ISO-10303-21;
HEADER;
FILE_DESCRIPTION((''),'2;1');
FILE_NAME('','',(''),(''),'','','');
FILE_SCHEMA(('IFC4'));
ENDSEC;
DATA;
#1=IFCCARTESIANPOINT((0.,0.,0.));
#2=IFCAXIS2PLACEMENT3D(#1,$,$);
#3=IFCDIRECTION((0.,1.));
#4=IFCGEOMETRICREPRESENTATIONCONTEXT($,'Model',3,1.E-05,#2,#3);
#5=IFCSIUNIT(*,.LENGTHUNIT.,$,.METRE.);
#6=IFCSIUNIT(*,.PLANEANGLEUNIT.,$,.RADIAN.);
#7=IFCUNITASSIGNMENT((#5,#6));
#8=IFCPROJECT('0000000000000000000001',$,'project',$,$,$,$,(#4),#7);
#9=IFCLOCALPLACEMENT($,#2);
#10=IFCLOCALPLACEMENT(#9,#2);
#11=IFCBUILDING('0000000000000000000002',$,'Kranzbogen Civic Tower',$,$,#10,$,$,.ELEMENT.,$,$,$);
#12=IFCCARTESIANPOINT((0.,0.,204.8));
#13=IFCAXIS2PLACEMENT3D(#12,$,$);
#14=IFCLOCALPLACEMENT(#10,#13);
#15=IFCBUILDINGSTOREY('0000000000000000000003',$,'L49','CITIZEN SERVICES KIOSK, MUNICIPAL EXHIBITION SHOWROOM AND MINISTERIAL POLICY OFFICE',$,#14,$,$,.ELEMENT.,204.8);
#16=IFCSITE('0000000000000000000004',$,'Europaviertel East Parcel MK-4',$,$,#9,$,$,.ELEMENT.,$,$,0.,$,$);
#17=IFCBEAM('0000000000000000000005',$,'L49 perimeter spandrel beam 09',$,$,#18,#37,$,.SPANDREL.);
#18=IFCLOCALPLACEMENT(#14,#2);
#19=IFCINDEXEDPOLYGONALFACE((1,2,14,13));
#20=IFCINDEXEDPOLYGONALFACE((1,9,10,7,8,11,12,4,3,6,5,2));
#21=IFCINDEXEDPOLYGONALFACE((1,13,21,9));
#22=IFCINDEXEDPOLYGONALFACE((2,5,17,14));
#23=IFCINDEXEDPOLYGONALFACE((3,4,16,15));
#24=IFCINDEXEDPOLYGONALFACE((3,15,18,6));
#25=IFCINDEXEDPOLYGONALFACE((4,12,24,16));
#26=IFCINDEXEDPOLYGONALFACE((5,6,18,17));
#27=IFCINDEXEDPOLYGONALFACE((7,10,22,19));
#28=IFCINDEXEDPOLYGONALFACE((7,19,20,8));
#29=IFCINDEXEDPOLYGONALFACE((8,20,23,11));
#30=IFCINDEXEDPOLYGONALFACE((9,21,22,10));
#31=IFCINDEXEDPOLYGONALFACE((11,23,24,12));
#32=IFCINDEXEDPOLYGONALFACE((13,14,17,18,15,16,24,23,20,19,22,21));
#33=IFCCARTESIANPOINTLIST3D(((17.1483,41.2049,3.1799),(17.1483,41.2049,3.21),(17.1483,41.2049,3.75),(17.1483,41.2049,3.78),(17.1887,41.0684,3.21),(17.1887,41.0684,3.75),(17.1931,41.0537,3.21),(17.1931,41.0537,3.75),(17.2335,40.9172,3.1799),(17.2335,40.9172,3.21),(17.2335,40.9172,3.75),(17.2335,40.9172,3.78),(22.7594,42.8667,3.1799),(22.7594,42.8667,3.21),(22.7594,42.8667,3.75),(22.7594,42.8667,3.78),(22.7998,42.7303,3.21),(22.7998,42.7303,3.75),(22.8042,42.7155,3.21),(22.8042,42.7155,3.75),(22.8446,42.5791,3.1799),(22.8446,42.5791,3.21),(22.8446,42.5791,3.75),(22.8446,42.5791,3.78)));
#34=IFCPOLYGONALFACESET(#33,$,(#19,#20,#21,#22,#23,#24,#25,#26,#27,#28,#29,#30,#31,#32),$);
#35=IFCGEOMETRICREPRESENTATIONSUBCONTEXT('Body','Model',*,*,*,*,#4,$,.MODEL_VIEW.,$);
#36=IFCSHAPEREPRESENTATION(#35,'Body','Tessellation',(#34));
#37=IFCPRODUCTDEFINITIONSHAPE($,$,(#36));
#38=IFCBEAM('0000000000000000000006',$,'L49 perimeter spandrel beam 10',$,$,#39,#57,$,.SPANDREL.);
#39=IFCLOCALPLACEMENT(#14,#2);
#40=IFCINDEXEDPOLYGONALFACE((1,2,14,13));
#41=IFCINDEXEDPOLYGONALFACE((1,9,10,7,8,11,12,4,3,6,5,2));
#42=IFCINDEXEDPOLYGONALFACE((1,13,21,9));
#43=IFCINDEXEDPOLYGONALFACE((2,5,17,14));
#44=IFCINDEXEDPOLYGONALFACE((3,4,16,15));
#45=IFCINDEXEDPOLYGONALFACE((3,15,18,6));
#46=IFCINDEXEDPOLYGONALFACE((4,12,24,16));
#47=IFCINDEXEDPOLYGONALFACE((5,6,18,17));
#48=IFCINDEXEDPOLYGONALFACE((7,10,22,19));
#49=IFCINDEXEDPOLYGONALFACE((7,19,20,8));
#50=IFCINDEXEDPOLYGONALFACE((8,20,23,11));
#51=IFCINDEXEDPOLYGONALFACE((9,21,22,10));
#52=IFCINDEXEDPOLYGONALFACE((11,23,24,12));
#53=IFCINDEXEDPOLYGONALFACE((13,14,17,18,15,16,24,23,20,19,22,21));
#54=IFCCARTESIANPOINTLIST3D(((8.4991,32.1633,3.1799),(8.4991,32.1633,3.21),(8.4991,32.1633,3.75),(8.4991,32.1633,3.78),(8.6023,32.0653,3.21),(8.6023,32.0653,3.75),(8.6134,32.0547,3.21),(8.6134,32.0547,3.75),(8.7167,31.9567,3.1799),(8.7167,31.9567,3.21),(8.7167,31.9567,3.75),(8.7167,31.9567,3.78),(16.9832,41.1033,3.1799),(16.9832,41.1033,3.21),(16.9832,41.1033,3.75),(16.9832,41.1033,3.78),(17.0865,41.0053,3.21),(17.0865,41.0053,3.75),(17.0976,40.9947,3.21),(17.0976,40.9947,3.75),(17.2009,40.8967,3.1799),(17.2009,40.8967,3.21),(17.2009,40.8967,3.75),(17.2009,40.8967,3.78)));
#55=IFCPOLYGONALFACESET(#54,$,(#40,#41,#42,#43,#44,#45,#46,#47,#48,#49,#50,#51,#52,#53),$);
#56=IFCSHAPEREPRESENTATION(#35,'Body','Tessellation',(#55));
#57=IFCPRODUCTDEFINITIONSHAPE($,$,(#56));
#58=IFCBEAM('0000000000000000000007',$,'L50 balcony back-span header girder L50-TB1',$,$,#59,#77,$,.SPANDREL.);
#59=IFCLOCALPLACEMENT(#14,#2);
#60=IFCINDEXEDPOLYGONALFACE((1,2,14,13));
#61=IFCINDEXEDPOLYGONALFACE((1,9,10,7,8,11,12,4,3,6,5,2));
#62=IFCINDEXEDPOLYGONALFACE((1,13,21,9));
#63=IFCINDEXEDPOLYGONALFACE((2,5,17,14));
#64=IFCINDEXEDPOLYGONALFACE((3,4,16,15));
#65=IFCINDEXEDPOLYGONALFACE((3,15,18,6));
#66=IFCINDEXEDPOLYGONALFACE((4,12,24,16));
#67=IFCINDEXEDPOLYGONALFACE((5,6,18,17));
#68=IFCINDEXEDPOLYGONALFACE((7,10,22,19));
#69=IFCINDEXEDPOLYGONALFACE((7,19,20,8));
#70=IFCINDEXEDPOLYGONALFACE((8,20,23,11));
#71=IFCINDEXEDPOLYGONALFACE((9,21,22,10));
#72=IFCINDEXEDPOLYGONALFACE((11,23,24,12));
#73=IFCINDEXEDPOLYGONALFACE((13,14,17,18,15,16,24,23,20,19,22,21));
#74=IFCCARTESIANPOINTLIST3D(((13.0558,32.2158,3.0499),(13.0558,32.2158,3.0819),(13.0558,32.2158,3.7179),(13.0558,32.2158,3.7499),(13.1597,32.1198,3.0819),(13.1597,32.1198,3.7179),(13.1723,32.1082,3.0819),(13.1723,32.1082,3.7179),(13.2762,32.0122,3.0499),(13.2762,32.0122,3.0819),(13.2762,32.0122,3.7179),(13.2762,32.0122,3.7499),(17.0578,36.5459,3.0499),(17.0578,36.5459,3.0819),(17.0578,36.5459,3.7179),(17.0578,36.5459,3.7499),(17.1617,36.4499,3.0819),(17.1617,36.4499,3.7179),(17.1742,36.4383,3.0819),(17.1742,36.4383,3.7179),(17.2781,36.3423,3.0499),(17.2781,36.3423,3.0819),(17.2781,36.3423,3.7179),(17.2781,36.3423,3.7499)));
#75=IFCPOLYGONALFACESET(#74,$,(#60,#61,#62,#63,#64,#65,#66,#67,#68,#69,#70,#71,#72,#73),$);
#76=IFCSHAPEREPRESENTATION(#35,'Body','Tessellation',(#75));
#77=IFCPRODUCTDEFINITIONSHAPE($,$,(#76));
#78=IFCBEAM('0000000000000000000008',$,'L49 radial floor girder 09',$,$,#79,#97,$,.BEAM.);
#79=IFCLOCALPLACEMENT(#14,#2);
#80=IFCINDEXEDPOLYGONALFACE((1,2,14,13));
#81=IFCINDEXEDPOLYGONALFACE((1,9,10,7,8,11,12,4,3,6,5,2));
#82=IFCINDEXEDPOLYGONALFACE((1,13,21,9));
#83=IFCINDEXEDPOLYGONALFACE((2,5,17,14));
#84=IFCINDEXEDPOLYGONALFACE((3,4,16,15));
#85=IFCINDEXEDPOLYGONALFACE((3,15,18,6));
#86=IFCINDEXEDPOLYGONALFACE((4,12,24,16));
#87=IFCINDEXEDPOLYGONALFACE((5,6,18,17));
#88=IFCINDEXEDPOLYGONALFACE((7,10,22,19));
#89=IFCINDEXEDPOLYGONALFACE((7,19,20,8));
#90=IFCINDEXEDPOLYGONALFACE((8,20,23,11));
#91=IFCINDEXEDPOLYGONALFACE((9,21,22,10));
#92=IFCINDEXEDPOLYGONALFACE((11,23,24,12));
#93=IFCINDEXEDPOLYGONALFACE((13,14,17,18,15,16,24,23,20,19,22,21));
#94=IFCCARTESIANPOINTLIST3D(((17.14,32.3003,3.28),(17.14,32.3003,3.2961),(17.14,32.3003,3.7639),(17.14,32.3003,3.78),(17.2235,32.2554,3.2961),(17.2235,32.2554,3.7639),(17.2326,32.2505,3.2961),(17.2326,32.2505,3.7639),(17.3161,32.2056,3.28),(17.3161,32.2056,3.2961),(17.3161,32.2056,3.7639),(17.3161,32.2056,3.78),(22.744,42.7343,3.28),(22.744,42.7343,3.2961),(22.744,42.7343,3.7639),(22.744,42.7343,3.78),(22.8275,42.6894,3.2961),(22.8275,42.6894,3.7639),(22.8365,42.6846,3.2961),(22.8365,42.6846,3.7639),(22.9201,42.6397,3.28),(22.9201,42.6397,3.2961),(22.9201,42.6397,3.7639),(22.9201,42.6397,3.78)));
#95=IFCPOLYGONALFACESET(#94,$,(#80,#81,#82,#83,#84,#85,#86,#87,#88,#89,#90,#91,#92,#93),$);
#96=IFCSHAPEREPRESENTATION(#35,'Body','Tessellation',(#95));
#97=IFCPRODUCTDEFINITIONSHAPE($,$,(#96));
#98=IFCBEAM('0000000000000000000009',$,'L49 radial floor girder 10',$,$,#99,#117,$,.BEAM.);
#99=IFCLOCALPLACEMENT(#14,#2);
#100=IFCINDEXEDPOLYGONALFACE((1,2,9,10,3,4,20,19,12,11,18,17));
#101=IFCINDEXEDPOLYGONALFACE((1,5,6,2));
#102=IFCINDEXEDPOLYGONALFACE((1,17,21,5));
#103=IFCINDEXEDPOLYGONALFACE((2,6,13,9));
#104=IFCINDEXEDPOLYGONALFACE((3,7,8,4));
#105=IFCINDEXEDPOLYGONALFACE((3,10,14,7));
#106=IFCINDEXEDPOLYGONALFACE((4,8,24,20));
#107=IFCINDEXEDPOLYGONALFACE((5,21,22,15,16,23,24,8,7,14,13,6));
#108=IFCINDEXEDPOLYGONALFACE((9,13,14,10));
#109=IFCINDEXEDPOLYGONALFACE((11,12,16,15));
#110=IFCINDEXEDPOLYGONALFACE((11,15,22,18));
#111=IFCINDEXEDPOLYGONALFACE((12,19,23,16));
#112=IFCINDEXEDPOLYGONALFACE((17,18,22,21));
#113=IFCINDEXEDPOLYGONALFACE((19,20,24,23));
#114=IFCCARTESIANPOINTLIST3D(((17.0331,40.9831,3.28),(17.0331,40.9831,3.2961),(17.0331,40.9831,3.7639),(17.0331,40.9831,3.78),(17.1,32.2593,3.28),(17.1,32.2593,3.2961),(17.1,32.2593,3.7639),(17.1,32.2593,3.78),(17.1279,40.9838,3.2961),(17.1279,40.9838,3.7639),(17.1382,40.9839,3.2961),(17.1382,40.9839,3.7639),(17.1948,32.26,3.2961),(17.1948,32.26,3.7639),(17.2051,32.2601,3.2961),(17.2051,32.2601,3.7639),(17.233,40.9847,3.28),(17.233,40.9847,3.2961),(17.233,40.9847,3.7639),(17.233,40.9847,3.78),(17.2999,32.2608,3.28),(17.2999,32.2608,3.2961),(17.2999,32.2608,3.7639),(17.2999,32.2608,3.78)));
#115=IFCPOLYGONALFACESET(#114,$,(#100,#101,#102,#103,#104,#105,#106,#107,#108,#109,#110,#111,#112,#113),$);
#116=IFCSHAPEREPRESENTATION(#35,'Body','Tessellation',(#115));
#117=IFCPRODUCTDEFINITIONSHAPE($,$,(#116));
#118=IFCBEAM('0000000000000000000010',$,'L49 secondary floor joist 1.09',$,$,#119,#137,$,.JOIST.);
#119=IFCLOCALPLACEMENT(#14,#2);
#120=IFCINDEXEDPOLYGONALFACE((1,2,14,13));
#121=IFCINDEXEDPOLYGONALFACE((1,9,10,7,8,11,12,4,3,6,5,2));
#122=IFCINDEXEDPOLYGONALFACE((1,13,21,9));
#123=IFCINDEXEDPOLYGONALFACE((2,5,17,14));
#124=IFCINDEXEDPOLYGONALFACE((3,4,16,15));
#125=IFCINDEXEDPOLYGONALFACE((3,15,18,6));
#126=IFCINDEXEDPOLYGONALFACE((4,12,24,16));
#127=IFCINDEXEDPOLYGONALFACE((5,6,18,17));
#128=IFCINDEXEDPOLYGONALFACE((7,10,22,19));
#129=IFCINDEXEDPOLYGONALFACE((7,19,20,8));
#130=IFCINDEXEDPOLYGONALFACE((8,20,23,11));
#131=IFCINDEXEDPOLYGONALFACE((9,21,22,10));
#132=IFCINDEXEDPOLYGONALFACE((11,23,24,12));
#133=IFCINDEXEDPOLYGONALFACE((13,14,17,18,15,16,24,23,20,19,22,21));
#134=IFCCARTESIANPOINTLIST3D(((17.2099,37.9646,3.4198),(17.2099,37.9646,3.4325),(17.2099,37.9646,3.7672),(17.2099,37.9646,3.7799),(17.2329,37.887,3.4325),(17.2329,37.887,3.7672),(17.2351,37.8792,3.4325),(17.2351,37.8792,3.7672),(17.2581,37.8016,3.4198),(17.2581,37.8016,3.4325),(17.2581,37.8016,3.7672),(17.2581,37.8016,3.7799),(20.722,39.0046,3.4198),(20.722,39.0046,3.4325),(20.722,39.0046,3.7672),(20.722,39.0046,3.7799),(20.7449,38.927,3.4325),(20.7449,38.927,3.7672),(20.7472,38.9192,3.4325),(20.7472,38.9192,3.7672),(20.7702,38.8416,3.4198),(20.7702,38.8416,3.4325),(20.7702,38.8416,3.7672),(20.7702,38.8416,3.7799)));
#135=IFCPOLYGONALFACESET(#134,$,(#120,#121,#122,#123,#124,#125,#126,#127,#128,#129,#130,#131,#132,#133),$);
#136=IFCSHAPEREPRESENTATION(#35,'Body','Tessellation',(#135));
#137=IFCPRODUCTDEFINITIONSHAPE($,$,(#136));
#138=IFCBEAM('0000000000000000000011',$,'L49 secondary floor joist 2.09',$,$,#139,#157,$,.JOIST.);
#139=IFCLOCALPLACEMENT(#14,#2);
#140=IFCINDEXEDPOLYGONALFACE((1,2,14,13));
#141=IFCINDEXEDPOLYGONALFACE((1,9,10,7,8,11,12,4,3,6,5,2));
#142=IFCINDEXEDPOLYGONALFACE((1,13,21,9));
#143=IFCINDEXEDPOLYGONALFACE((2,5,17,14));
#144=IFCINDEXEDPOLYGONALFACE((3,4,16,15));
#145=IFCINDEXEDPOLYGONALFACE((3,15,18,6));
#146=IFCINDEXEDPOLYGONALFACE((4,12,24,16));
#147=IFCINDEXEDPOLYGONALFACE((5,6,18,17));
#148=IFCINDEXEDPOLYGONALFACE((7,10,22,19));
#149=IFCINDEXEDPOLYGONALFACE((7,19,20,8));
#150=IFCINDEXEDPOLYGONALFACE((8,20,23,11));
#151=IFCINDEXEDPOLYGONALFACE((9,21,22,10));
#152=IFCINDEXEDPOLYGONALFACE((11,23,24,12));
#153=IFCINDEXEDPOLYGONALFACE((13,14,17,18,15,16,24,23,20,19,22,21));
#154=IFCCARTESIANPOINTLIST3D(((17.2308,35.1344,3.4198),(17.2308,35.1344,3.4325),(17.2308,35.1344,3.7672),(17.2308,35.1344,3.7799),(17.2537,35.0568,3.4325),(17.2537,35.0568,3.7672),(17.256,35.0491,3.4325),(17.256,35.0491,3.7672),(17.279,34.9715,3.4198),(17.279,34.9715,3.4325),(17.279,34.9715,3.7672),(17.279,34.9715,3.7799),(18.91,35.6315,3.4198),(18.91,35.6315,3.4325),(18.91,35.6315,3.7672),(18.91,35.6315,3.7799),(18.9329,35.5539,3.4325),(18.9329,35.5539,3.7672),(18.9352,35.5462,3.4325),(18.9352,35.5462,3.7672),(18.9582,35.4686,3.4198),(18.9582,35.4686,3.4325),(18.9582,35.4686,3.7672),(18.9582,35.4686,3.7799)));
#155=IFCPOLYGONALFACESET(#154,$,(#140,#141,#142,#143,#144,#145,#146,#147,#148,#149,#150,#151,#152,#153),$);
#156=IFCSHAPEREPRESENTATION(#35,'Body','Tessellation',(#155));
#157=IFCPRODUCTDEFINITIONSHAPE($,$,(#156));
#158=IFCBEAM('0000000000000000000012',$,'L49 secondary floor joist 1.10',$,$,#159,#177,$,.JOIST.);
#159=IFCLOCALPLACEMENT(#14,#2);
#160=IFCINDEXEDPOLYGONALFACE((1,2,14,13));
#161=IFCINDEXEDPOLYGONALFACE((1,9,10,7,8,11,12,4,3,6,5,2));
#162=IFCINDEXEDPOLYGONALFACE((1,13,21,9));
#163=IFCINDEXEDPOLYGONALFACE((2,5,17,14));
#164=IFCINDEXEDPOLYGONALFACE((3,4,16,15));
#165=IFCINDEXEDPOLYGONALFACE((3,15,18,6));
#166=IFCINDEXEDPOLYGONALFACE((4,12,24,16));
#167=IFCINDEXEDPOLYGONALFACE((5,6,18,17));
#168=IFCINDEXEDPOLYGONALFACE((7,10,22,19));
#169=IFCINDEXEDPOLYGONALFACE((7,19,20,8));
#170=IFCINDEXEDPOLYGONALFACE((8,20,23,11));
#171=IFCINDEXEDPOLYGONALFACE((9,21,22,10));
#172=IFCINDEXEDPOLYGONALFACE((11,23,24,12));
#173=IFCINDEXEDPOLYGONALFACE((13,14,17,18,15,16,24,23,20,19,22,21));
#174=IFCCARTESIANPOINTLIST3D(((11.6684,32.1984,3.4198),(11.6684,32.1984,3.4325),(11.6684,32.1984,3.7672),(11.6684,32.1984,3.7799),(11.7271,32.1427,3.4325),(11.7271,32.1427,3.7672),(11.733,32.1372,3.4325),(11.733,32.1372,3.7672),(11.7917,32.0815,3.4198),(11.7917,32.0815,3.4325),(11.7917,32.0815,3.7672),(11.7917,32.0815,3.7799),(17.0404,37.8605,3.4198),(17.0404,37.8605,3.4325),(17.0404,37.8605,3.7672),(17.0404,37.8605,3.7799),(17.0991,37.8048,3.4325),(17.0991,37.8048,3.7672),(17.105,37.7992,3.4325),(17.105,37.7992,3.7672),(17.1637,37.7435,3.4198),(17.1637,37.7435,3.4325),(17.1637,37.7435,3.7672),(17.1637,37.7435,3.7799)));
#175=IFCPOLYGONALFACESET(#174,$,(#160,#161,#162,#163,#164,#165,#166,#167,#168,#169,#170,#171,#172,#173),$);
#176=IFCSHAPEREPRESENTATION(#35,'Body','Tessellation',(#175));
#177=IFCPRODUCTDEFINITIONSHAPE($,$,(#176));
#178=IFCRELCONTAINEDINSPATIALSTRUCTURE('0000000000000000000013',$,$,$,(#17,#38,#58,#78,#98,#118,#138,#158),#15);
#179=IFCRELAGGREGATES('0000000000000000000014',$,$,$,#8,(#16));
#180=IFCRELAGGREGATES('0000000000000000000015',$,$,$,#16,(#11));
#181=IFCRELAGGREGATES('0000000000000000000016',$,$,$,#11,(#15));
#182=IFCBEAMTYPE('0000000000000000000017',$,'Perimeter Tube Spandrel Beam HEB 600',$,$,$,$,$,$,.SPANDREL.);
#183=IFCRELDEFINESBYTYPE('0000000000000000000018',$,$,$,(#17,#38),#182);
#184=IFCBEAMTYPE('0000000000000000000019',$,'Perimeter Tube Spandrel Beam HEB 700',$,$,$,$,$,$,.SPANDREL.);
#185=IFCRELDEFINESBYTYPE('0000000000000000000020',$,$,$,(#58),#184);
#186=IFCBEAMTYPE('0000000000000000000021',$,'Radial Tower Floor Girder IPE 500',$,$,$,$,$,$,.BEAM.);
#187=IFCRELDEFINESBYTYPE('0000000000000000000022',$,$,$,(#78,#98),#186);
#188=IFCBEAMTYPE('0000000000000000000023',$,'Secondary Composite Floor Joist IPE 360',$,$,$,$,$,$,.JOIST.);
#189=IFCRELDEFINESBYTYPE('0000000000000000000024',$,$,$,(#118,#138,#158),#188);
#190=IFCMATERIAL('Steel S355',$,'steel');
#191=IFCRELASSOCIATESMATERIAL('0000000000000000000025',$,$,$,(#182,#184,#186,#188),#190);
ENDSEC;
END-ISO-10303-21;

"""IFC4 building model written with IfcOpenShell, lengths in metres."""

from ifc_helpers import new_model, si_unit, direction, frame, origin, origin_2d, place, context, subcontext, project, spatial, i_section, extrude, material, material_profile, profile_set, type_object, element, save


model = new_model("IFC4")

# Units and contexts
model_context = context("Model", 3, precision=1e-05, world=origin(), true_north=direction((0.0, 1.0)))
body_context = subcontext(model_context, "Body", "Model", "MODEL_VIEW")
ifc_project = project(units=[si_unit("LENGTHUNIT", "METRE"), si_unit("PLANEANGLEUNIT", "RADIAN")], contexts=[model_context])

# Site, building, storey
site_placement = place(None, origin())
site = spatial("IfcSite", under=ifc_project, at=site_placement, Name="Europaviertel East Parcel MK-4", CompositionType="ELEMENT", RefElevation=0.0)
building_placement = place(site_placement, origin())
building = spatial("IfcBuilding", under=site, at=building_placement, Name="Kranzbogen Civic Tower", CompositionType="ELEMENT")
storey_placement = place(building_placement, frame((0.0, 0.0, 204.8)))
storey = spatial("IfcBuildingStorey", under=building, at=storey_placement, Name="L49", Description="CITIZEN SERVICES KIOSK, MUNICIPAL EXHIBITION SHOWROOM AND MINISTERIAL POLICY OFFICE", CompositionType="ELEMENT", Elevation=204.8)

# Shared definitions
ifc_material_1 = material(Name="Steel S355", Category="steel")

# Beams
ifc_material_profile_1 = material_profile(ifc_material_1, i_section(OverallWidth=0.3, OverallDepth=0.6001, WebThickness=0.0154, FlangeThickness=0.03, at=origin_2d()), Name="HEB 600")
ifc_profile_set_1 = profile_set([ifc_material_profile_1], Name="Steel S355")
beam_type_1 = type_object("IfcBeamType", Name="Perimeter Tube Spandrel Beam HEB 600", PredefinedType="SPANDREL", material=ifc_profile_set_1)
beam_1_placement = place(storey_placement, frame((22.802, 42.7229, 3.48), z_axis=(-0.95883, -0.283982, 0.0), x_axis=(0.283982, -0.95883, 0.0)))
element("IfcBeam", 1, at=beam_1_placement, inside=storey, type_object=beam_type_1, Name="L49 perimeter spandrel beam 09", PredefinedType="SPANDREL", context=body_context, shape_type="SweptSolid", body=[
    extrude(i_section(OverallWidth=0.3, OverallDepth=0.6001, WebThickness=0.0154, FlangeThickness=0.03, at=origin_2d()), origin(), (0.0, 0.0, 1.0), 5.8521),
])
beam_2_placement = place(storey_placement, frame((17.092, 41.0, 3.48), z_axis=(-0.688373, -0.725356, 0.0), x_axis=(0.725356, -0.688373, 0.0)))
element("IfcBeam", 2, at=beam_2_placement, inside=storey, type_object=beam_type_1, Name="L49 perimeter spandrel beam 10", PredefinedType="SPANDREL", context=body_context, shape_type="SweptSolid", body=[
    extrude(i_section(OverallWidth=0.3, OverallDepth=0.6001, WebThickness=0.0154, FlangeThickness=0.03, at=origin_2d()), origin(), (0.0, 0.0, 1.0), 12.325),
])
ifc_material_profile_2 = material_profile(ifc_material_1, i_section(OverallWidth=0.3, OverallDepth=0.7, WebThickness=0.0171, FlangeThickness=0.032, at=origin_2d()), Name="HEB 700")
ifc_profile_set_2 = profile_set([ifc_material_profile_2], Name="Steel S355")
beam_type_2 = type_object("IfcBeamType", Name="Perimeter Tube Spandrel Beam HEB 700", PredefinedType="SPANDREL", material=ifc_profile_set_2)
beam_3_placement = place(storey_placement, frame((17.168, 36.4441, 3.3999), z_axis=(-0.678734, -0.734384, 0.0), x_axis=(0.734384, -0.678734, 0.0)))
element("IfcBeam", 3, at=beam_3_placement, inside=storey, type_object=beam_type_2, Name="L50 balcony back-span header girder L50-TB1", PredefinedType="SPANDREL", context=body_context, shape_type="SweptSolid", body=[
    extrude(i_section(OverallWidth=0.3, OverallDepth=0.7, WebThickness=0.0171, FlangeThickness=0.032, at=origin_2d()), origin(), (0.0, 0.0, 1.0), 5.8962),
])
ifc_material_profile_3 = material_profile(ifc_material_1, i_section(OverallWidth=0.2, OverallDepth=0.5, WebThickness=0.0103, FlangeThickness=0.0161, at=origin_2d()), Name="IPE 500")
ifc_profile_set_3 = profile_set([ifc_material_profile_3], Name="Steel S355")
beam_type_3 = type_object("IfcBeamType", Name="Radial Tower Floor Girder IPE 500", PredefinedType="BEAM", material=ifc_profile_set_3)
beam_4_placement = place(storey_placement, frame((22.832, 42.687, 3.53), z_axis=(-0.47316, -0.880976, 0.0), x_axis=(0.880976, -0.47316, 0.0)))
element("IfcBeam", 4, at=beam_4_placement, inside=storey, type_object=beam_type_3, Name="L49 radial floor girder 09", PredefinedType="BEAM", context=body_context, shape_type="SweptSolid", body=[
    extrude(i_section(OverallWidth=0.2, OverallDepth=0.5, WebThickness=0.0103, FlangeThickness=0.0161, at=origin_2d()), origin(), (0.0, 0.0, 1.0), 11.8438),
])
beam_5_placement = place(storey_placement, frame((17.1331, 40.9839, 3.53), z_axis=(0.007668, -0.999971, 0.0), x_axis=(0.999971, 0.007668, 0.0)))
element("IfcBeam", 5, at=beam_5_placement, inside=storey, type_object=beam_type_3, Name="L49 radial floor girder 10", PredefinedType="BEAM", context=body_context, shape_type="SweptSolid", body=[
    extrude(i_section(OverallWidth=0.2, OverallDepth=0.5, WebThickness=0.0103, FlangeThickness=0.0161, at=origin_2d()), origin(), (0.0, 0.0, 1.0), 8.7241),
])
ifc_material_profile_4 = material_profile(ifc_material_1, i_section(OverallWidth=0.1699, OverallDepth=0.3601, WebThickness=0.0081, FlangeThickness=0.0127, at=origin_2d()), Name="IPE 360")
ifc_profile_set_4 = profile_set([ifc_material_profile_4], Name="Steel S355")
beam_type_4 = type_object("IfcBeamType", Name="Secondary Composite Floor Joist IPE 360", PredefinedType="JOIST", material=ifc_profile_set_4)
beam_6_placement = place(storey_placement, frame((20.7461, 38.9231, 3.5999), z_axis=(-0.958844, -0.283934, 0.0), x_axis=(0.283934, -0.958844, 0.0)))
element("IfcBeam", 6, at=beam_6_placement, inside=storey, type_object=beam_type_4, Name="L49 secondary floor joist 1.09", PredefinedType="JOIST", context=body_context, shape_type="SweptSolid", body=[
    extrude(i_section(OverallWidth=0.1699, OverallDepth=0.3601, WebThickness=0.0081, FlangeThickness=0.0127, at=origin_2d()), origin(), (0.0, 0.0, 1.0), 3.6628),
])
beam_7_placement = place(storey_placement, frame((18.9341, 35.55, 3.5999), z_axis=(-0.958871, -0.283841, 0.0), x_axis=(0.283841, -0.958871, 0.0)))
element("IfcBeam", 7, at=beam_7_placement, inside=storey, type_object=beam_type_4, Name="L49 secondary floor joist 2.09", PredefinedType="JOIST", context=body_context, shape_type="SweptSolid", body=[
    extrude(i_section(OverallWidth=0.1699, OverallDepth=0.3601, WebThickness=0.0081, FlangeThickness=0.0127, at=origin_2d()), origin(), (0.0, 0.0, 1.0), 1.7512),
])
beam_8_placement = place(storey_placement, frame((17.1021, 37.802, 3.5999), z_axis=(-0.688282, -0.725443, 0.0), x_axis=(0.725443, -0.688282, 0.0)))
element("IfcBeam", 8, at=beam_8_placement, inside=storey, type_object=beam_type_4, Name="L49 secondary floor joist 1.10", PredefinedType="JOIST", context=body_context, shape_type="SweptSolid", body=[
    extrude(i_section(OverallWidth=0.1699, OverallDepth=0.3601, WebThickness=0.0081, FlangeThickness=0.0127, at=origin_2d()), origin(), (0.0, 0.0, 1.0), 7.8049),
])

save(model, "model.ifc")
